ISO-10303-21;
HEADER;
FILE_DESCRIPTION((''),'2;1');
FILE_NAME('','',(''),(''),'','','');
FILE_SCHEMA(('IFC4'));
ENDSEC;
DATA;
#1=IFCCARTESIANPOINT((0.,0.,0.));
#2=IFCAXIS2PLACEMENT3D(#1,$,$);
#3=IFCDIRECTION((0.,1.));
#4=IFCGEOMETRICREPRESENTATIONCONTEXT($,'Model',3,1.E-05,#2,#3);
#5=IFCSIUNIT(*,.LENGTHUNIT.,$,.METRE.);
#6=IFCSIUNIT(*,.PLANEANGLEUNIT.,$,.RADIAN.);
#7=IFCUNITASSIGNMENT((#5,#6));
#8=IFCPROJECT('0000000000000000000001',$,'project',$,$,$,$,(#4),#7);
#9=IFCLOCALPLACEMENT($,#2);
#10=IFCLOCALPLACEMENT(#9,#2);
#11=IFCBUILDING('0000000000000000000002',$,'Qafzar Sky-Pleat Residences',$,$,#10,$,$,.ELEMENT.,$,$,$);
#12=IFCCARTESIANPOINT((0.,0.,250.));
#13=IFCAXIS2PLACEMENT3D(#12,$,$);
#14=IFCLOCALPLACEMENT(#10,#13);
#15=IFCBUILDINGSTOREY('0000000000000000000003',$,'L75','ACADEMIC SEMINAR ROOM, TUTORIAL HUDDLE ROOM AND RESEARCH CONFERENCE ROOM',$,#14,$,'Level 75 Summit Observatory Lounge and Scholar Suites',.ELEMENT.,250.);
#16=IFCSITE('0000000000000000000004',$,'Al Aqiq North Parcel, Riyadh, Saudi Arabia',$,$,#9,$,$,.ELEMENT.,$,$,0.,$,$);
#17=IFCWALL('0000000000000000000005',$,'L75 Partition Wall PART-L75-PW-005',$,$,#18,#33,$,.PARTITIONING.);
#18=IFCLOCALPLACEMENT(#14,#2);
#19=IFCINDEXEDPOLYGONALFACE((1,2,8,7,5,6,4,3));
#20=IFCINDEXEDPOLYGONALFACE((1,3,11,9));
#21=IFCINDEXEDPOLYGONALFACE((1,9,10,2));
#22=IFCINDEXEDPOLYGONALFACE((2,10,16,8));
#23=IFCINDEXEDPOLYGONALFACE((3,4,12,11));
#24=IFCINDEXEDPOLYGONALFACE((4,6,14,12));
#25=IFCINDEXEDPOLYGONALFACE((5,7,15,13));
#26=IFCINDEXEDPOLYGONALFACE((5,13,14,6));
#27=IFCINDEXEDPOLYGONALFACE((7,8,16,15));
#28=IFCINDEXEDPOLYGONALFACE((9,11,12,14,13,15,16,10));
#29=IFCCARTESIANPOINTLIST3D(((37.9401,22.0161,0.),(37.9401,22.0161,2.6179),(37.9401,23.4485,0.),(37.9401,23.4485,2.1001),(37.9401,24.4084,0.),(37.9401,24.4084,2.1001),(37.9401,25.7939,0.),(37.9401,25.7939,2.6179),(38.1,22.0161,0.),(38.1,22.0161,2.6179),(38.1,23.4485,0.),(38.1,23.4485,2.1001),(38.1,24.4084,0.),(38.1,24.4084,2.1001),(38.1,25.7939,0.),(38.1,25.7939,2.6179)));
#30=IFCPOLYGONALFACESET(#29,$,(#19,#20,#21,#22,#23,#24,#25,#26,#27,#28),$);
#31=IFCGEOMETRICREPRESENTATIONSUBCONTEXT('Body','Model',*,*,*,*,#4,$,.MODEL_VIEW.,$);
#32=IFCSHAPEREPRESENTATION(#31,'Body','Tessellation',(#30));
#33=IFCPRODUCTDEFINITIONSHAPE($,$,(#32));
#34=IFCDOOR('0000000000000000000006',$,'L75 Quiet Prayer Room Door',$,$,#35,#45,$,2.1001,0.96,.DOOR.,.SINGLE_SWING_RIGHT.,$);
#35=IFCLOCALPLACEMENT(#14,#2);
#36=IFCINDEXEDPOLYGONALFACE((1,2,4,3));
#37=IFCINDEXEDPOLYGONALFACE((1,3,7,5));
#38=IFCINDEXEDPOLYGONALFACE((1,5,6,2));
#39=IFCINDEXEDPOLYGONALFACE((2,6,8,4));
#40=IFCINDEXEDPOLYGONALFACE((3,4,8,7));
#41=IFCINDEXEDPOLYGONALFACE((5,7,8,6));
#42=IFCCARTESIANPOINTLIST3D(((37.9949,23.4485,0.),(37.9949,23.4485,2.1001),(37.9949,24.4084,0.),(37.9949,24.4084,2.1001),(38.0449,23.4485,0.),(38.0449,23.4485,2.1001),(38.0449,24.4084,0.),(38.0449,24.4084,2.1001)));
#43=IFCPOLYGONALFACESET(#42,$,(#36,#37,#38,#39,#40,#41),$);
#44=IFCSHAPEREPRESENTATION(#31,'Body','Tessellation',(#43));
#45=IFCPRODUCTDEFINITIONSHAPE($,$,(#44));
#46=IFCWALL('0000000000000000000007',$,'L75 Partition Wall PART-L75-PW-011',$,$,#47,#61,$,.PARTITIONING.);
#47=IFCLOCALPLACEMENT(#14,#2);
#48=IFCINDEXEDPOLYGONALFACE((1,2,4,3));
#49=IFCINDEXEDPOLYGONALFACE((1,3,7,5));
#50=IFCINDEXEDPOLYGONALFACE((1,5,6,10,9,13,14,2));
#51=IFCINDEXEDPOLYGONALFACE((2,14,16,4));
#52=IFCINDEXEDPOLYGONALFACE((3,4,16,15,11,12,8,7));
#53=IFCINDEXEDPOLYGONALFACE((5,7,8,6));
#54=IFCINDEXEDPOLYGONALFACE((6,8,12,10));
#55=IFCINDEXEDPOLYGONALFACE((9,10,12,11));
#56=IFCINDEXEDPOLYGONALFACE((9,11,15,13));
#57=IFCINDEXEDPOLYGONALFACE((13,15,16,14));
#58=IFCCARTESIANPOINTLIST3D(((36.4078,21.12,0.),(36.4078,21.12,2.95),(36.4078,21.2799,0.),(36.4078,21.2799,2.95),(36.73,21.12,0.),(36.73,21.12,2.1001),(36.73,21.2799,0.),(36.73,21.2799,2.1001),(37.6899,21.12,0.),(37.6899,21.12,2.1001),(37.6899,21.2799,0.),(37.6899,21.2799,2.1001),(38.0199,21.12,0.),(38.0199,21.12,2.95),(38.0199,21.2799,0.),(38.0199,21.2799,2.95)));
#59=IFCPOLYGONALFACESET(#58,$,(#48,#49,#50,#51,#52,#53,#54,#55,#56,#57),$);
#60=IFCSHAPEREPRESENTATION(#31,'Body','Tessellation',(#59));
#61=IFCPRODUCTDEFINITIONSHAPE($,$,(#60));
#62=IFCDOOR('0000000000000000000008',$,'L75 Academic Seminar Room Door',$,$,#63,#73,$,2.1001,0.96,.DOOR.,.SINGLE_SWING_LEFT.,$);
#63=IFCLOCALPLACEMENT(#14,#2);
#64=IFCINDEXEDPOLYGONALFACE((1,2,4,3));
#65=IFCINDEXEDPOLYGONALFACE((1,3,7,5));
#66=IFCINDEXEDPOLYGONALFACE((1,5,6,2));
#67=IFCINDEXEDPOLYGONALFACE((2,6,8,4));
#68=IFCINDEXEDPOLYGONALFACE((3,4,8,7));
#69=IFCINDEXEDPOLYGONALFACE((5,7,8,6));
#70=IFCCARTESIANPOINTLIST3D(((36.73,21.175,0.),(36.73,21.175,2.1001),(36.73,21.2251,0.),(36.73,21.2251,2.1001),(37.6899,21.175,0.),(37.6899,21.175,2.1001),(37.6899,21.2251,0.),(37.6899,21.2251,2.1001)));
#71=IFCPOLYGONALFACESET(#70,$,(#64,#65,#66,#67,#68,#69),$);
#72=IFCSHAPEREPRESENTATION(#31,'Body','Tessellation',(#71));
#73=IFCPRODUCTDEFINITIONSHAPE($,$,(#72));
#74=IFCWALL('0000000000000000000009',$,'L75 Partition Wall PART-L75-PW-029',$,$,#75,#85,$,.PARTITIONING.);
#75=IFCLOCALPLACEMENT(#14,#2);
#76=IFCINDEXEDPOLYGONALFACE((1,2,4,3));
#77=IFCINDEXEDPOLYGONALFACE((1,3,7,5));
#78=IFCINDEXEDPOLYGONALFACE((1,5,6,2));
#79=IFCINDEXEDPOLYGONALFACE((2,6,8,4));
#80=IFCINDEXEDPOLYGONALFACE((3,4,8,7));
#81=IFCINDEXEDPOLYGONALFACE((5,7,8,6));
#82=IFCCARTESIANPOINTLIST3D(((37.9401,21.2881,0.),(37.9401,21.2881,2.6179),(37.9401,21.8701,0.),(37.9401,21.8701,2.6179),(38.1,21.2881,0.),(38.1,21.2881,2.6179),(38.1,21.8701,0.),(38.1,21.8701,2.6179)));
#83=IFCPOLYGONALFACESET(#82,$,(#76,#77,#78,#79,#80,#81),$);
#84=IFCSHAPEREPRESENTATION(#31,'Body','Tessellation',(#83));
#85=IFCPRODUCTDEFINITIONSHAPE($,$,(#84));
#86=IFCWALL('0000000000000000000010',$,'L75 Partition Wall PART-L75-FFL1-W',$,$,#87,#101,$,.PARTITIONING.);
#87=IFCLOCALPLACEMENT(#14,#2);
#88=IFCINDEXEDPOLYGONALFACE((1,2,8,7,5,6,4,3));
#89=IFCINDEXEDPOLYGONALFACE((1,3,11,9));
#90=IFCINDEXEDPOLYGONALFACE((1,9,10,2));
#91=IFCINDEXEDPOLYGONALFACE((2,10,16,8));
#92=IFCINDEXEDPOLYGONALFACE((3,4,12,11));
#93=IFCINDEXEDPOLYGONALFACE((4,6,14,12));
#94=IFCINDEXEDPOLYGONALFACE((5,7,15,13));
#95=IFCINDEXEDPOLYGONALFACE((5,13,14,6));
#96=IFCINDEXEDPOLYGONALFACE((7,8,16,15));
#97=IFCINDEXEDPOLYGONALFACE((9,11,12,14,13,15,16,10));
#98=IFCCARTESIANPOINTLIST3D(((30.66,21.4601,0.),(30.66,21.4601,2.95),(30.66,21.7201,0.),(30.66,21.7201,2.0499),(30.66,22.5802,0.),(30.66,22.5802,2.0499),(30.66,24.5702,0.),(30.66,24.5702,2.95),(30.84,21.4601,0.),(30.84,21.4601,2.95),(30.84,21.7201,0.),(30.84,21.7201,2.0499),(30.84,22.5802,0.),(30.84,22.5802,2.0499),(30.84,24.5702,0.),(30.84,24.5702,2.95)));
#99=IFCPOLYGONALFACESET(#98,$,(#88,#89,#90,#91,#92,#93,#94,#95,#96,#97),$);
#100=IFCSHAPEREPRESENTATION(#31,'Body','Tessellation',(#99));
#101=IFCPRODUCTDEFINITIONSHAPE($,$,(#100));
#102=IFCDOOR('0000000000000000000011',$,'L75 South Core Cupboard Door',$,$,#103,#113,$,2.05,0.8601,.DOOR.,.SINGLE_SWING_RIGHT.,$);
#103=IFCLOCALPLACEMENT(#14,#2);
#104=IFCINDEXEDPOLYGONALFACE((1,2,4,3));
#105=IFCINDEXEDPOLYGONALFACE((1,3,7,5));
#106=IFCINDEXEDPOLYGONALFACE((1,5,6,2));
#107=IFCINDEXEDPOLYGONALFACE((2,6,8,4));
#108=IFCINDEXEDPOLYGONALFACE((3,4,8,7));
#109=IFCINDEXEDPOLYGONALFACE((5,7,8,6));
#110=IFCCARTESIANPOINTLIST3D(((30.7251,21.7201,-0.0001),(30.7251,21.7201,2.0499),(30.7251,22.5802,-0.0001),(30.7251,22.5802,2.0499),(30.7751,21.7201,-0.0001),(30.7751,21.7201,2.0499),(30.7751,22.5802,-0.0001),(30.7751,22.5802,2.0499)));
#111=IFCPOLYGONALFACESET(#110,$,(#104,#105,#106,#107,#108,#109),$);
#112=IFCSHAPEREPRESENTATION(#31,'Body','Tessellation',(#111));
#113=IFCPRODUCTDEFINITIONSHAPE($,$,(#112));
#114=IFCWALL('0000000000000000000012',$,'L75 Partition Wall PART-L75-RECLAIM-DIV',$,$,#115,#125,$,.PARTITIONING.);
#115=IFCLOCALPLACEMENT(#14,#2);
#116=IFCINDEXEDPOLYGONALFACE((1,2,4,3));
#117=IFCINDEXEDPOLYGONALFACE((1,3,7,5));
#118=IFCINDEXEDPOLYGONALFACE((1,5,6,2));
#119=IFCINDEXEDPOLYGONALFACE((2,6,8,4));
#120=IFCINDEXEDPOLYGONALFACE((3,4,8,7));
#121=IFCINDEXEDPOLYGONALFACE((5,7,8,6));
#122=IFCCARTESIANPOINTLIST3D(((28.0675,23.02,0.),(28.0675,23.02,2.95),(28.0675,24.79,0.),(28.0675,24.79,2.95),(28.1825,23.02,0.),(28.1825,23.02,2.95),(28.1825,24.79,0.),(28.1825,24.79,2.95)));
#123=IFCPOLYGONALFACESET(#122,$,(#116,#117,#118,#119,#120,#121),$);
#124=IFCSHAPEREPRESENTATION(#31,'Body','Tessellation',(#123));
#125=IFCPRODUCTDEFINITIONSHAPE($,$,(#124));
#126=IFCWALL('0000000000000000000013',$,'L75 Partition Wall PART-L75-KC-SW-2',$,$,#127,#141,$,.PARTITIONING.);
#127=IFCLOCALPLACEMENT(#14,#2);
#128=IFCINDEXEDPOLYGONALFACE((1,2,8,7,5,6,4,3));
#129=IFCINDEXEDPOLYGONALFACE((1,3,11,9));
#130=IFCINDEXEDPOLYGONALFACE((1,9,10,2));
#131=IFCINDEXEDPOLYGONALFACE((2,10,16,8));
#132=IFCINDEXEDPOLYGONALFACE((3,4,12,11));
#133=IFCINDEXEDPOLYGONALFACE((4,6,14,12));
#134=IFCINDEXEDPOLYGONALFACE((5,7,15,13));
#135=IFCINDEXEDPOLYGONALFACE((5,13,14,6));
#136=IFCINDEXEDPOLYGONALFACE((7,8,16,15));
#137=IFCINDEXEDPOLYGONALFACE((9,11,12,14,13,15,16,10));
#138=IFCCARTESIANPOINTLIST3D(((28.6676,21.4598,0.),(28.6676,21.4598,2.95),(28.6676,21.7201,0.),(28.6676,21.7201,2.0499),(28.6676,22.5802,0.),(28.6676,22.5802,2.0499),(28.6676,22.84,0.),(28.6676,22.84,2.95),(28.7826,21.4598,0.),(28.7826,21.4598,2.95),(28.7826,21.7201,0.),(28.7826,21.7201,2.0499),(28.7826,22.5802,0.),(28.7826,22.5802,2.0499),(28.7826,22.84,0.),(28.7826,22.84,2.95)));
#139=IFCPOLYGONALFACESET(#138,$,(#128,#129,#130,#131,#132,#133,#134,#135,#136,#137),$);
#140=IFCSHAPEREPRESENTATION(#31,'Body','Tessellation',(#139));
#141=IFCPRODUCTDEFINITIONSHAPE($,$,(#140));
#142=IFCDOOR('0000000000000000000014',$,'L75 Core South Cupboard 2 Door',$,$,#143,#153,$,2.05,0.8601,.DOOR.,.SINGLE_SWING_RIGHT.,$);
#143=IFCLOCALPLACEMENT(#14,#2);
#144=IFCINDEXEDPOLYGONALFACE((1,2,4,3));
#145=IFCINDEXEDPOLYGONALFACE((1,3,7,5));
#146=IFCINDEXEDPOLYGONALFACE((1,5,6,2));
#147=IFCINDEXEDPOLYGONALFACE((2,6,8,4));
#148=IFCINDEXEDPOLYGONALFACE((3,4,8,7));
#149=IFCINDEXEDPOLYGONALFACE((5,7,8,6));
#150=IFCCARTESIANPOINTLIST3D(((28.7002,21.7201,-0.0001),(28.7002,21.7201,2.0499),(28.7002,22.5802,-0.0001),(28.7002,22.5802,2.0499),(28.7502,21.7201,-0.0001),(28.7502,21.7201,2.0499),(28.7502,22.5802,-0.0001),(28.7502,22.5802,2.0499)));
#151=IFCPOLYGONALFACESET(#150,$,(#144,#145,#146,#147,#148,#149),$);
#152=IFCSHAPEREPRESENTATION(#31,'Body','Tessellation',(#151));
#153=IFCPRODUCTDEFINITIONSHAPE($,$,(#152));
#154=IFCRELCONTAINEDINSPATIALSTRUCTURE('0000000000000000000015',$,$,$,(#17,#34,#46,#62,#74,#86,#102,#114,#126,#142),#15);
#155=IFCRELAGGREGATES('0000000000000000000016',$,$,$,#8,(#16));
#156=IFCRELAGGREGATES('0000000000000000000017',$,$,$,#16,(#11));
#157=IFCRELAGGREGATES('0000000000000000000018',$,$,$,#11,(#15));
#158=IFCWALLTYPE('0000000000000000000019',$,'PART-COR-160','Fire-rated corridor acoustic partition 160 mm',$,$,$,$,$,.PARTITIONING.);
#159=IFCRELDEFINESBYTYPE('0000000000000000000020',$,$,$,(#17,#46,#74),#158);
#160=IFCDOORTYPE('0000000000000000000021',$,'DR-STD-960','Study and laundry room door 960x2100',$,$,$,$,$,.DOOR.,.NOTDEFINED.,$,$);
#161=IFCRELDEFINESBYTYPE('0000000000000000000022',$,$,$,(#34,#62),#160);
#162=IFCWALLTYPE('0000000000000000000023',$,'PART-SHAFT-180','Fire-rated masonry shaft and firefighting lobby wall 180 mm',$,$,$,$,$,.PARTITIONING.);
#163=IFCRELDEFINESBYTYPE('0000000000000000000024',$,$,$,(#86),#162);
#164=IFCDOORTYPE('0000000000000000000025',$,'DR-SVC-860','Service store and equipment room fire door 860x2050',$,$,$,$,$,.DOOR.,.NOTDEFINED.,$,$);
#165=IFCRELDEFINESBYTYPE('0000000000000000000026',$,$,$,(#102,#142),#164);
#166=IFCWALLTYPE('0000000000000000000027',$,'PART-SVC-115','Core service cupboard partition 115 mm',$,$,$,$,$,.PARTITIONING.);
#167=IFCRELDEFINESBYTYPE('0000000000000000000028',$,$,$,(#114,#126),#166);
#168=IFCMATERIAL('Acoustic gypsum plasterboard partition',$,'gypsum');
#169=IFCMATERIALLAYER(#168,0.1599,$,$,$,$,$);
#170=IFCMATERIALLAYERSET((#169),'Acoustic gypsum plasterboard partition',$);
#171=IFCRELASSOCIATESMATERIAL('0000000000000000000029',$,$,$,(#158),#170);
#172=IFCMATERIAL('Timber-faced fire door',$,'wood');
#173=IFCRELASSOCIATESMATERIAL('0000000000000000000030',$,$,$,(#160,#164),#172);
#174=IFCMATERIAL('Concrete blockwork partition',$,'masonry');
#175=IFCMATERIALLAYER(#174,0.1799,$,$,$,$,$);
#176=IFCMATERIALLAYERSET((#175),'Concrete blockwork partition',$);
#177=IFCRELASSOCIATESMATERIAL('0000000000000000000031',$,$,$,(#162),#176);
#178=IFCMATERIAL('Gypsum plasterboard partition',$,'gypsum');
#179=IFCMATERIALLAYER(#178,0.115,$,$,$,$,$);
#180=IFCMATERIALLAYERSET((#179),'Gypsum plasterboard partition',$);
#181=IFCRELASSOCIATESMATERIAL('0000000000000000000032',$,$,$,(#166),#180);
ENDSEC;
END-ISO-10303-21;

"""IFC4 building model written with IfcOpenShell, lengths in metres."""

from ifc_helpers import new_model, si_unit, direction, frame, frame_2d, origin, place, context, subcontext, project, spatial, rectangle, extrude, source, transform, mapped, material, layer, layer_set, type_object, element, fill, save


model = new_model("IFC4")

# Units and contexts
model_context = context("Model", 3, precision=1e-05, world=origin(), true_north=direction((0.0, 1.0)))
body_context = subcontext(model_context, "Body", "Model", "MODEL_VIEW")
ifc_project = project(units=[si_unit("LENGTHUNIT", "METRE"), si_unit("PLANEANGLEUNIT", "RADIAN")], contexts=[model_context])

# Site, building, storey
site_placement = place(None, origin())
site = spatial("IfcSite", under=ifc_project, at=site_placement, Name="Al Aqiq North Parcel, Riyadh, Saudi Arabia", CompositionType="ELEMENT", RefElevation=0.0)
building_placement = place(site_placement, origin())
building = spatial("IfcBuilding", under=site, at=building_placement, Name="Qafzar Sky-Pleat Residences", CompositionType="ELEMENT")
storey_placement = place(building_placement, frame((0.0, 0.0, 250.0)))
storey = spatial("IfcBuildingStorey", under=building, at=storey_placement, Name="L75", Description="ACADEMIC SEMINAR ROOM, TUTORIAL HUDDLE ROOM AND RESEARCH CONFERENCE ROOM", LongName="Level 75 Summit Observatory Lounge and Scholar Suites", CompositionType="ELEMENT", Elevation=250.0)

# Walls, openings, doors
ifc_material_1 = material(Name="Acoustic gypsum plasterboard partition", Category="gypsum")
ifc_layer_1 = layer(ifc_material_1, 0.1599)
ifc_layer_set_1 = layer_set([ifc_layer_1], Name="Acoustic gypsum plasterboard partition")
wall_type_1 = type_object("IfcWallType", Name="PART-COR-160", Description="Fire-rated corridor acoustic partition 160 mm", PredefinedType="PARTITIONING", material=ifc_layer_set_1)
wall_1_placement = place(storey_placement, frame((38.02, 25.7939, 0.0), z_axis=(0.0, 0.0, 1.0), x_axis=(0.0, -1.0, 0.0)))
wall_1 = element("IfcWall", 1, at=wall_1_placement, inside=storey, type_object=wall_type_1, Name="L75 Partition Wall PART-L75-PW-005", PredefinedType="PARTITIONING", context=body_context, shape_type="SweptSolid", body=[
    extrude(rectangle(XDim=3.7778, YDim=0.1599, at=frame_2d((1.8889, 0.0))), origin(), (0.0, 0.0, 1.0), 2.6179),
])
opening_1_placement = place(wall_1_placement, frame((1.3855, 0.0, 0.0)))
opening_1 = element("IfcOpeningElement", 2, at=opening_1_placement, cuts=wall_1, PredefinedType="OPENING", context=body_context, shape_type="SweptSolid", body=[
    extrude(rectangle(XDim=0.96, YDim=2.1001, at=frame_2d((0.48, 1.05))), frame((0.0, 0.0898, 0.0), z_axis=(0.0, -1.0, 0.0), x_axis=(1.0, 0.0, 0.0)), (0.0, 0.0, 1.0), 0.1799),
])
ifc_material_2 = material(Name="Timber-faced fire door", Category="wood")
door_type_1 = type_object("IfcDoorType", Name="DR-STD-960", Description="Study and laundry room door 960x2100", OperationType="NOTDEFINED", PredefinedType="DOOR", material=ifc_material_2)
shared_shape_1 = source(origin(), body_context, "Body", "SweptSolid", [
    extrude(rectangle(XDim=0.96, YDim=2.1001, at=frame_2d((0.48, 1.05))), frame((0.0, 0.0249, 0.0), z_axis=(0.0, -1.0, 0.0), x_axis=(1.0, 0.0, 0.0)), (0.0, 0.0, 1.0), 0.05),
])
door_1_placement = place(opening_1_placement, origin())
door_1 = element("IfcDoor", 3, at=door_1_placement, inside=storey, type_object=door_type_1, Name="L75 Quiet Prayer Room Door", OperationType="SINGLE_SWING_RIGHT", OverallHeight=2.1001, OverallWidth=0.96, PredefinedType="DOOR", context=body_context, shape_type="MappedRepresentation", body=[
    mapped(shared_shape_1, transform((0.0, 0.0, 0.0), x_axis=(1.0, 0.0, 0.0), y_axis=(0.0, 1.0, 0.0), z_axis=(0.0, 0.0, 1.0), scale=1.0)),
])
fill(opening_1, door_1)
wall_2_placement = place(storey_placement, frame((38.02, 21.2, 0.0), z_axis=(0.0, 0.0, 1.0), x_axis=(-1.0, 0.0, 0.0)))
wall_2 = element("IfcWall", 4, at=wall_2_placement, inside=storey, type_object=wall_type_1, Name="L75 Partition Wall PART-L75-PW-011", PredefinedType="PARTITIONING", context=body_context, shape_type="SweptSolid", body=[
    extrude(rectangle(XDim=1.6121, YDim=0.1599, at=frame_2d((0.8062, 0.0))), origin(), (0.0, 0.0, 1.0), 2.95),
])
opening_2_placement = place(wall_2_placement, frame((0.3301, 0.0, 0.0)))
opening_2 = element("IfcOpeningElement", 5, at=opening_2_placement, cuts=wall_2, PredefinedType="OPENING", context=body_context, shape_type="SweptSolid", body=[
    extrude(rectangle(XDim=0.96, YDim=2.1001, at=frame_2d((0.48, 1.05))), frame((0.0, 0.0898, 0.0), z_axis=(0.0, -1.0, 0.0), x_axis=(1.0, 0.0, 0.0)), (0.0, 0.0, 1.0), 0.1799),
])
door_2_placement = place(opening_2_placement, origin())
door_2 = element("IfcDoor", 6, at=door_2_placement, inside=storey, type_object=door_type_1, Name="L75 Academic Seminar Room Door", OperationType="SINGLE_SWING_LEFT", OverallHeight=2.1001, OverallWidth=0.96, PredefinedType="DOOR", context=body_context, shape_type="MappedRepresentation", body=[
    mapped(shared_shape_1, transform((0.0, 0.0, 0.0), x_axis=(1.0, 0.0, 0.0), y_axis=(0.0, 1.0, 0.0), z_axis=(0.0, 0.0, 1.0), scale=1.0)),
])
fill(opening_2, door_2)

# Wall
wall_3_placement = place(storey_placement, frame((38.02, 21.2881, 0.0), z_axis=(0.0, 0.0, 1.0), x_axis=(0.0, 1.0, 0.0)))
element("IfcWall", 7, at=wall_3_placement, inside=storey, type_object=wall_type_1, Name="L75 Partition Wall PART-L75-PW-029", PredefinedType="PARTITIONING", context=body_context, shape_type="SweptSolid", body=[
    extrude(rectangle(XDim=0.582, YDim=0.1599, at=frame_2d((0.291, 0.0))), origin(), (0.0, 0.0, 1.0), 2.6179),
])

# Wall, opening, door
ifc_material_3 = material(Name="Concrete blockwork partition", Category="masonry")
ifc_layer_2 = layer(ifc_material_3, 0.1799)
ifc_layer_set_2 = layer_set([ifc_layer_2], Name="Concrete blockwork partition")
wall_type_2 = type_object("IfcWallType", Name="PART-SHAFT-180", Description="Fire-rated masonry shaft and firefighting lobby wall 180 mm", PredefinedType="PARTITIONING", material=ifc_layer_set_2)
wall_4_placement = place(storey_placement, frame((30.75, 21.46, 0.0), z_axis=(0.0, 0.0, 1.0), x_axis=(0.0, 1.0, 0.0)))
wall_4 = element("IfcWall", 8, at=wall_4_placement, inside=storey, type_object=wall_type_2, Name="L75 Partition Wall PART-L75-FFL1-W", PredefinedType="PARTITIONING", context=body_context, shape_type="SweptSolid", body=[
    extrude(rectangle(XDim=3.1101, YDim=0.1799, at=frame_2d((1.5552, 0.0))), origin(), (0.0, 0.0, 1.0), 2.95),
])
opening_3_placement = place(wall_4_placement, frame((0.26, 0.0, 0.0)))
opening_3 = element("IfcOpeningElement", 9, at=opening_3_placement, cuts=wall_4, PredefinedType="OPENING", context=body_context, shape_type="SweptSolid", body=[
    extrude(rectangle(XDim=0.8601, YDim=2.05, at=frame_2d((0.4302, 1.0249))), frame((0.0, 0.1001, 0.0), z_axis=(0.0, -1.0, 0.0), x_axis=(1.0, 0.0, 0.0)), (0.0, 0.0, 1.0), 0.2),
])
door_type_2 = type_object("IfcDoorType", Name="DR-SVC-860", Description="Service store and equipment room fire door 860x2050", OperationType="NOTDEFINED", PredefinedType="DOOR", material=ifc_material_2)
shared_shape_2 = source(origin(), body_context, "Body", "SweptSolid", [
    extrude(rectangle(XDim=0.8601, YDim=2.05, at=frame_2d((0.4302, 1.0249))), frame((0.0, 0.0249, 0.0), z_axis=(0.0, -1.0, 0.0), x_axis=(1.0, 0.0, 0.0)), (0.0, 0.0, 1.0), 0.05),
])
door_3_placement = place(opening_3_placement, origin())
door_3 = element("IfcDoor", 10, at=door_3_placement, inside=storey, type_object=door_type_2, Name="L75 South Core Cupboard Door", OperationType="SINGLE_SWING_RIGHT", OverallHeight=2.05, OverallWidth=0.8601, PredefinedType="DOOR", context=body_context, shape_type="MappedRepresentation", body=[
    mapped(shared_shape_2, transform((0.0, 0.0, 0.0), x_axis=(1.0, 0.0, 0.0), y_axis=(0.0, 1.0, 0.0), z_axis=(0.0, 0.0, 1.0), scale=1.0)),
])
fill(opening_3, door_3)

# Wall
ifc_material_4 = material(Name="Gypsum plasterboard partition", Category="gypsum")
ifc_layer_3 = layer(ifc_material_4, 0.115)
ifc_layer_set_3 = layer_set([ifc_layer_3], Name="Gypsum plasterboard partition")
wall_type_3 = type_object("IfcWallType", Name="PART-SVC-115", Description="Core service cupboard partition 115 mm", PredefinedType="PARTITIONING", material=ifc_layer_set_3)
wall_5_placement = place(storey_placement, frame((28.125, 23.02, 0.0), z_axis=(0.0, 0.0, 1.0), x_axis=(0.0, 1.0, 0.0)))
element("IfcWall", 11, at=wall_5_placement, inside=storey, type_object=wall_type_3, Name="L75 Partition Wall PART-L75-RECLAIM-DIV", PredefinedType="PARTITIONING", context=body_context, shape_type="SweptSolid", body=[
    extrude(rectangle(XDim=1.77, YDim=0.115, at=frame_2d((0.885, 0.0))), origin(), (0.0, 0.0, 1.0), 2.95),
])

# Wall, opening, door
wall_6_placement = place(storey_placement, frame((28.7251, 21.46, 0.0), z_axis=(0.0, 0.0, 1.0), x_axis=(0.0, 1.0, 0.0)))
wall_6 = element("IfcWall", 12, at=wall_6_placement, inside=storey, type_object=wall_type_3, Name="L75 Partition Wall PART-L75-KC-SW-2", PredefinedType="PARTITIONING", context=body_context, shape_type="SweptSolid", body=[
    extrude(rectangle(XDim=1.3801, YDim=0.115, at=frame_2d((0.6899, 0.0))), origin(), (0.0, 0.0, 1.0), 2.95),
])
opening_4_placement = place(wall_6_placement, frame((0.26, 0.0, 0.0)))
opening_4 = element("IfcOpeningElement", 13, at=opening_4_placement, cuts=wall_6, PredefinedType="OPENING", context=body_context, shape_type="SweptSolid", body=[
    extrude(rectangle(XDim=0.8601, YDim=2.05, at=frame_2d((0.4302, 1.0249))), frame((0.0, 0.0674, 0.0), z_axis=(0.0, -1.0, 0.0), x_axis=(1.0, 0.0, 0.0)), (0.0, 0.0, 1.0), 0.135),
])
door_4_placement = place(opening_4_placement, origin())
door_4 = element("IfcDoor", 14, at=door_4_placement, inside=storey, type_object=door_type_2, Name="L75 Core South Cupboard 2 Door", OperationType="SINGLE_SWING_RIGHT", OverallHeight=2.05, OverallWidth=0.8601, PredefinedType="DOOR", context=body_context, shape_type="MappedRepresentation", body=[
    mapped(shared_shape_2, transform((0.0, 0.0, 0.0), x_axis=(1.0, 0.0, 0.0), y_axis=(0.0, 1.0, 0.0), z_axis=(0.0, 0.0, 1.0), scale=1.0)),
])
fill(opening_4, door_4)

save(model, "model.ifc")
